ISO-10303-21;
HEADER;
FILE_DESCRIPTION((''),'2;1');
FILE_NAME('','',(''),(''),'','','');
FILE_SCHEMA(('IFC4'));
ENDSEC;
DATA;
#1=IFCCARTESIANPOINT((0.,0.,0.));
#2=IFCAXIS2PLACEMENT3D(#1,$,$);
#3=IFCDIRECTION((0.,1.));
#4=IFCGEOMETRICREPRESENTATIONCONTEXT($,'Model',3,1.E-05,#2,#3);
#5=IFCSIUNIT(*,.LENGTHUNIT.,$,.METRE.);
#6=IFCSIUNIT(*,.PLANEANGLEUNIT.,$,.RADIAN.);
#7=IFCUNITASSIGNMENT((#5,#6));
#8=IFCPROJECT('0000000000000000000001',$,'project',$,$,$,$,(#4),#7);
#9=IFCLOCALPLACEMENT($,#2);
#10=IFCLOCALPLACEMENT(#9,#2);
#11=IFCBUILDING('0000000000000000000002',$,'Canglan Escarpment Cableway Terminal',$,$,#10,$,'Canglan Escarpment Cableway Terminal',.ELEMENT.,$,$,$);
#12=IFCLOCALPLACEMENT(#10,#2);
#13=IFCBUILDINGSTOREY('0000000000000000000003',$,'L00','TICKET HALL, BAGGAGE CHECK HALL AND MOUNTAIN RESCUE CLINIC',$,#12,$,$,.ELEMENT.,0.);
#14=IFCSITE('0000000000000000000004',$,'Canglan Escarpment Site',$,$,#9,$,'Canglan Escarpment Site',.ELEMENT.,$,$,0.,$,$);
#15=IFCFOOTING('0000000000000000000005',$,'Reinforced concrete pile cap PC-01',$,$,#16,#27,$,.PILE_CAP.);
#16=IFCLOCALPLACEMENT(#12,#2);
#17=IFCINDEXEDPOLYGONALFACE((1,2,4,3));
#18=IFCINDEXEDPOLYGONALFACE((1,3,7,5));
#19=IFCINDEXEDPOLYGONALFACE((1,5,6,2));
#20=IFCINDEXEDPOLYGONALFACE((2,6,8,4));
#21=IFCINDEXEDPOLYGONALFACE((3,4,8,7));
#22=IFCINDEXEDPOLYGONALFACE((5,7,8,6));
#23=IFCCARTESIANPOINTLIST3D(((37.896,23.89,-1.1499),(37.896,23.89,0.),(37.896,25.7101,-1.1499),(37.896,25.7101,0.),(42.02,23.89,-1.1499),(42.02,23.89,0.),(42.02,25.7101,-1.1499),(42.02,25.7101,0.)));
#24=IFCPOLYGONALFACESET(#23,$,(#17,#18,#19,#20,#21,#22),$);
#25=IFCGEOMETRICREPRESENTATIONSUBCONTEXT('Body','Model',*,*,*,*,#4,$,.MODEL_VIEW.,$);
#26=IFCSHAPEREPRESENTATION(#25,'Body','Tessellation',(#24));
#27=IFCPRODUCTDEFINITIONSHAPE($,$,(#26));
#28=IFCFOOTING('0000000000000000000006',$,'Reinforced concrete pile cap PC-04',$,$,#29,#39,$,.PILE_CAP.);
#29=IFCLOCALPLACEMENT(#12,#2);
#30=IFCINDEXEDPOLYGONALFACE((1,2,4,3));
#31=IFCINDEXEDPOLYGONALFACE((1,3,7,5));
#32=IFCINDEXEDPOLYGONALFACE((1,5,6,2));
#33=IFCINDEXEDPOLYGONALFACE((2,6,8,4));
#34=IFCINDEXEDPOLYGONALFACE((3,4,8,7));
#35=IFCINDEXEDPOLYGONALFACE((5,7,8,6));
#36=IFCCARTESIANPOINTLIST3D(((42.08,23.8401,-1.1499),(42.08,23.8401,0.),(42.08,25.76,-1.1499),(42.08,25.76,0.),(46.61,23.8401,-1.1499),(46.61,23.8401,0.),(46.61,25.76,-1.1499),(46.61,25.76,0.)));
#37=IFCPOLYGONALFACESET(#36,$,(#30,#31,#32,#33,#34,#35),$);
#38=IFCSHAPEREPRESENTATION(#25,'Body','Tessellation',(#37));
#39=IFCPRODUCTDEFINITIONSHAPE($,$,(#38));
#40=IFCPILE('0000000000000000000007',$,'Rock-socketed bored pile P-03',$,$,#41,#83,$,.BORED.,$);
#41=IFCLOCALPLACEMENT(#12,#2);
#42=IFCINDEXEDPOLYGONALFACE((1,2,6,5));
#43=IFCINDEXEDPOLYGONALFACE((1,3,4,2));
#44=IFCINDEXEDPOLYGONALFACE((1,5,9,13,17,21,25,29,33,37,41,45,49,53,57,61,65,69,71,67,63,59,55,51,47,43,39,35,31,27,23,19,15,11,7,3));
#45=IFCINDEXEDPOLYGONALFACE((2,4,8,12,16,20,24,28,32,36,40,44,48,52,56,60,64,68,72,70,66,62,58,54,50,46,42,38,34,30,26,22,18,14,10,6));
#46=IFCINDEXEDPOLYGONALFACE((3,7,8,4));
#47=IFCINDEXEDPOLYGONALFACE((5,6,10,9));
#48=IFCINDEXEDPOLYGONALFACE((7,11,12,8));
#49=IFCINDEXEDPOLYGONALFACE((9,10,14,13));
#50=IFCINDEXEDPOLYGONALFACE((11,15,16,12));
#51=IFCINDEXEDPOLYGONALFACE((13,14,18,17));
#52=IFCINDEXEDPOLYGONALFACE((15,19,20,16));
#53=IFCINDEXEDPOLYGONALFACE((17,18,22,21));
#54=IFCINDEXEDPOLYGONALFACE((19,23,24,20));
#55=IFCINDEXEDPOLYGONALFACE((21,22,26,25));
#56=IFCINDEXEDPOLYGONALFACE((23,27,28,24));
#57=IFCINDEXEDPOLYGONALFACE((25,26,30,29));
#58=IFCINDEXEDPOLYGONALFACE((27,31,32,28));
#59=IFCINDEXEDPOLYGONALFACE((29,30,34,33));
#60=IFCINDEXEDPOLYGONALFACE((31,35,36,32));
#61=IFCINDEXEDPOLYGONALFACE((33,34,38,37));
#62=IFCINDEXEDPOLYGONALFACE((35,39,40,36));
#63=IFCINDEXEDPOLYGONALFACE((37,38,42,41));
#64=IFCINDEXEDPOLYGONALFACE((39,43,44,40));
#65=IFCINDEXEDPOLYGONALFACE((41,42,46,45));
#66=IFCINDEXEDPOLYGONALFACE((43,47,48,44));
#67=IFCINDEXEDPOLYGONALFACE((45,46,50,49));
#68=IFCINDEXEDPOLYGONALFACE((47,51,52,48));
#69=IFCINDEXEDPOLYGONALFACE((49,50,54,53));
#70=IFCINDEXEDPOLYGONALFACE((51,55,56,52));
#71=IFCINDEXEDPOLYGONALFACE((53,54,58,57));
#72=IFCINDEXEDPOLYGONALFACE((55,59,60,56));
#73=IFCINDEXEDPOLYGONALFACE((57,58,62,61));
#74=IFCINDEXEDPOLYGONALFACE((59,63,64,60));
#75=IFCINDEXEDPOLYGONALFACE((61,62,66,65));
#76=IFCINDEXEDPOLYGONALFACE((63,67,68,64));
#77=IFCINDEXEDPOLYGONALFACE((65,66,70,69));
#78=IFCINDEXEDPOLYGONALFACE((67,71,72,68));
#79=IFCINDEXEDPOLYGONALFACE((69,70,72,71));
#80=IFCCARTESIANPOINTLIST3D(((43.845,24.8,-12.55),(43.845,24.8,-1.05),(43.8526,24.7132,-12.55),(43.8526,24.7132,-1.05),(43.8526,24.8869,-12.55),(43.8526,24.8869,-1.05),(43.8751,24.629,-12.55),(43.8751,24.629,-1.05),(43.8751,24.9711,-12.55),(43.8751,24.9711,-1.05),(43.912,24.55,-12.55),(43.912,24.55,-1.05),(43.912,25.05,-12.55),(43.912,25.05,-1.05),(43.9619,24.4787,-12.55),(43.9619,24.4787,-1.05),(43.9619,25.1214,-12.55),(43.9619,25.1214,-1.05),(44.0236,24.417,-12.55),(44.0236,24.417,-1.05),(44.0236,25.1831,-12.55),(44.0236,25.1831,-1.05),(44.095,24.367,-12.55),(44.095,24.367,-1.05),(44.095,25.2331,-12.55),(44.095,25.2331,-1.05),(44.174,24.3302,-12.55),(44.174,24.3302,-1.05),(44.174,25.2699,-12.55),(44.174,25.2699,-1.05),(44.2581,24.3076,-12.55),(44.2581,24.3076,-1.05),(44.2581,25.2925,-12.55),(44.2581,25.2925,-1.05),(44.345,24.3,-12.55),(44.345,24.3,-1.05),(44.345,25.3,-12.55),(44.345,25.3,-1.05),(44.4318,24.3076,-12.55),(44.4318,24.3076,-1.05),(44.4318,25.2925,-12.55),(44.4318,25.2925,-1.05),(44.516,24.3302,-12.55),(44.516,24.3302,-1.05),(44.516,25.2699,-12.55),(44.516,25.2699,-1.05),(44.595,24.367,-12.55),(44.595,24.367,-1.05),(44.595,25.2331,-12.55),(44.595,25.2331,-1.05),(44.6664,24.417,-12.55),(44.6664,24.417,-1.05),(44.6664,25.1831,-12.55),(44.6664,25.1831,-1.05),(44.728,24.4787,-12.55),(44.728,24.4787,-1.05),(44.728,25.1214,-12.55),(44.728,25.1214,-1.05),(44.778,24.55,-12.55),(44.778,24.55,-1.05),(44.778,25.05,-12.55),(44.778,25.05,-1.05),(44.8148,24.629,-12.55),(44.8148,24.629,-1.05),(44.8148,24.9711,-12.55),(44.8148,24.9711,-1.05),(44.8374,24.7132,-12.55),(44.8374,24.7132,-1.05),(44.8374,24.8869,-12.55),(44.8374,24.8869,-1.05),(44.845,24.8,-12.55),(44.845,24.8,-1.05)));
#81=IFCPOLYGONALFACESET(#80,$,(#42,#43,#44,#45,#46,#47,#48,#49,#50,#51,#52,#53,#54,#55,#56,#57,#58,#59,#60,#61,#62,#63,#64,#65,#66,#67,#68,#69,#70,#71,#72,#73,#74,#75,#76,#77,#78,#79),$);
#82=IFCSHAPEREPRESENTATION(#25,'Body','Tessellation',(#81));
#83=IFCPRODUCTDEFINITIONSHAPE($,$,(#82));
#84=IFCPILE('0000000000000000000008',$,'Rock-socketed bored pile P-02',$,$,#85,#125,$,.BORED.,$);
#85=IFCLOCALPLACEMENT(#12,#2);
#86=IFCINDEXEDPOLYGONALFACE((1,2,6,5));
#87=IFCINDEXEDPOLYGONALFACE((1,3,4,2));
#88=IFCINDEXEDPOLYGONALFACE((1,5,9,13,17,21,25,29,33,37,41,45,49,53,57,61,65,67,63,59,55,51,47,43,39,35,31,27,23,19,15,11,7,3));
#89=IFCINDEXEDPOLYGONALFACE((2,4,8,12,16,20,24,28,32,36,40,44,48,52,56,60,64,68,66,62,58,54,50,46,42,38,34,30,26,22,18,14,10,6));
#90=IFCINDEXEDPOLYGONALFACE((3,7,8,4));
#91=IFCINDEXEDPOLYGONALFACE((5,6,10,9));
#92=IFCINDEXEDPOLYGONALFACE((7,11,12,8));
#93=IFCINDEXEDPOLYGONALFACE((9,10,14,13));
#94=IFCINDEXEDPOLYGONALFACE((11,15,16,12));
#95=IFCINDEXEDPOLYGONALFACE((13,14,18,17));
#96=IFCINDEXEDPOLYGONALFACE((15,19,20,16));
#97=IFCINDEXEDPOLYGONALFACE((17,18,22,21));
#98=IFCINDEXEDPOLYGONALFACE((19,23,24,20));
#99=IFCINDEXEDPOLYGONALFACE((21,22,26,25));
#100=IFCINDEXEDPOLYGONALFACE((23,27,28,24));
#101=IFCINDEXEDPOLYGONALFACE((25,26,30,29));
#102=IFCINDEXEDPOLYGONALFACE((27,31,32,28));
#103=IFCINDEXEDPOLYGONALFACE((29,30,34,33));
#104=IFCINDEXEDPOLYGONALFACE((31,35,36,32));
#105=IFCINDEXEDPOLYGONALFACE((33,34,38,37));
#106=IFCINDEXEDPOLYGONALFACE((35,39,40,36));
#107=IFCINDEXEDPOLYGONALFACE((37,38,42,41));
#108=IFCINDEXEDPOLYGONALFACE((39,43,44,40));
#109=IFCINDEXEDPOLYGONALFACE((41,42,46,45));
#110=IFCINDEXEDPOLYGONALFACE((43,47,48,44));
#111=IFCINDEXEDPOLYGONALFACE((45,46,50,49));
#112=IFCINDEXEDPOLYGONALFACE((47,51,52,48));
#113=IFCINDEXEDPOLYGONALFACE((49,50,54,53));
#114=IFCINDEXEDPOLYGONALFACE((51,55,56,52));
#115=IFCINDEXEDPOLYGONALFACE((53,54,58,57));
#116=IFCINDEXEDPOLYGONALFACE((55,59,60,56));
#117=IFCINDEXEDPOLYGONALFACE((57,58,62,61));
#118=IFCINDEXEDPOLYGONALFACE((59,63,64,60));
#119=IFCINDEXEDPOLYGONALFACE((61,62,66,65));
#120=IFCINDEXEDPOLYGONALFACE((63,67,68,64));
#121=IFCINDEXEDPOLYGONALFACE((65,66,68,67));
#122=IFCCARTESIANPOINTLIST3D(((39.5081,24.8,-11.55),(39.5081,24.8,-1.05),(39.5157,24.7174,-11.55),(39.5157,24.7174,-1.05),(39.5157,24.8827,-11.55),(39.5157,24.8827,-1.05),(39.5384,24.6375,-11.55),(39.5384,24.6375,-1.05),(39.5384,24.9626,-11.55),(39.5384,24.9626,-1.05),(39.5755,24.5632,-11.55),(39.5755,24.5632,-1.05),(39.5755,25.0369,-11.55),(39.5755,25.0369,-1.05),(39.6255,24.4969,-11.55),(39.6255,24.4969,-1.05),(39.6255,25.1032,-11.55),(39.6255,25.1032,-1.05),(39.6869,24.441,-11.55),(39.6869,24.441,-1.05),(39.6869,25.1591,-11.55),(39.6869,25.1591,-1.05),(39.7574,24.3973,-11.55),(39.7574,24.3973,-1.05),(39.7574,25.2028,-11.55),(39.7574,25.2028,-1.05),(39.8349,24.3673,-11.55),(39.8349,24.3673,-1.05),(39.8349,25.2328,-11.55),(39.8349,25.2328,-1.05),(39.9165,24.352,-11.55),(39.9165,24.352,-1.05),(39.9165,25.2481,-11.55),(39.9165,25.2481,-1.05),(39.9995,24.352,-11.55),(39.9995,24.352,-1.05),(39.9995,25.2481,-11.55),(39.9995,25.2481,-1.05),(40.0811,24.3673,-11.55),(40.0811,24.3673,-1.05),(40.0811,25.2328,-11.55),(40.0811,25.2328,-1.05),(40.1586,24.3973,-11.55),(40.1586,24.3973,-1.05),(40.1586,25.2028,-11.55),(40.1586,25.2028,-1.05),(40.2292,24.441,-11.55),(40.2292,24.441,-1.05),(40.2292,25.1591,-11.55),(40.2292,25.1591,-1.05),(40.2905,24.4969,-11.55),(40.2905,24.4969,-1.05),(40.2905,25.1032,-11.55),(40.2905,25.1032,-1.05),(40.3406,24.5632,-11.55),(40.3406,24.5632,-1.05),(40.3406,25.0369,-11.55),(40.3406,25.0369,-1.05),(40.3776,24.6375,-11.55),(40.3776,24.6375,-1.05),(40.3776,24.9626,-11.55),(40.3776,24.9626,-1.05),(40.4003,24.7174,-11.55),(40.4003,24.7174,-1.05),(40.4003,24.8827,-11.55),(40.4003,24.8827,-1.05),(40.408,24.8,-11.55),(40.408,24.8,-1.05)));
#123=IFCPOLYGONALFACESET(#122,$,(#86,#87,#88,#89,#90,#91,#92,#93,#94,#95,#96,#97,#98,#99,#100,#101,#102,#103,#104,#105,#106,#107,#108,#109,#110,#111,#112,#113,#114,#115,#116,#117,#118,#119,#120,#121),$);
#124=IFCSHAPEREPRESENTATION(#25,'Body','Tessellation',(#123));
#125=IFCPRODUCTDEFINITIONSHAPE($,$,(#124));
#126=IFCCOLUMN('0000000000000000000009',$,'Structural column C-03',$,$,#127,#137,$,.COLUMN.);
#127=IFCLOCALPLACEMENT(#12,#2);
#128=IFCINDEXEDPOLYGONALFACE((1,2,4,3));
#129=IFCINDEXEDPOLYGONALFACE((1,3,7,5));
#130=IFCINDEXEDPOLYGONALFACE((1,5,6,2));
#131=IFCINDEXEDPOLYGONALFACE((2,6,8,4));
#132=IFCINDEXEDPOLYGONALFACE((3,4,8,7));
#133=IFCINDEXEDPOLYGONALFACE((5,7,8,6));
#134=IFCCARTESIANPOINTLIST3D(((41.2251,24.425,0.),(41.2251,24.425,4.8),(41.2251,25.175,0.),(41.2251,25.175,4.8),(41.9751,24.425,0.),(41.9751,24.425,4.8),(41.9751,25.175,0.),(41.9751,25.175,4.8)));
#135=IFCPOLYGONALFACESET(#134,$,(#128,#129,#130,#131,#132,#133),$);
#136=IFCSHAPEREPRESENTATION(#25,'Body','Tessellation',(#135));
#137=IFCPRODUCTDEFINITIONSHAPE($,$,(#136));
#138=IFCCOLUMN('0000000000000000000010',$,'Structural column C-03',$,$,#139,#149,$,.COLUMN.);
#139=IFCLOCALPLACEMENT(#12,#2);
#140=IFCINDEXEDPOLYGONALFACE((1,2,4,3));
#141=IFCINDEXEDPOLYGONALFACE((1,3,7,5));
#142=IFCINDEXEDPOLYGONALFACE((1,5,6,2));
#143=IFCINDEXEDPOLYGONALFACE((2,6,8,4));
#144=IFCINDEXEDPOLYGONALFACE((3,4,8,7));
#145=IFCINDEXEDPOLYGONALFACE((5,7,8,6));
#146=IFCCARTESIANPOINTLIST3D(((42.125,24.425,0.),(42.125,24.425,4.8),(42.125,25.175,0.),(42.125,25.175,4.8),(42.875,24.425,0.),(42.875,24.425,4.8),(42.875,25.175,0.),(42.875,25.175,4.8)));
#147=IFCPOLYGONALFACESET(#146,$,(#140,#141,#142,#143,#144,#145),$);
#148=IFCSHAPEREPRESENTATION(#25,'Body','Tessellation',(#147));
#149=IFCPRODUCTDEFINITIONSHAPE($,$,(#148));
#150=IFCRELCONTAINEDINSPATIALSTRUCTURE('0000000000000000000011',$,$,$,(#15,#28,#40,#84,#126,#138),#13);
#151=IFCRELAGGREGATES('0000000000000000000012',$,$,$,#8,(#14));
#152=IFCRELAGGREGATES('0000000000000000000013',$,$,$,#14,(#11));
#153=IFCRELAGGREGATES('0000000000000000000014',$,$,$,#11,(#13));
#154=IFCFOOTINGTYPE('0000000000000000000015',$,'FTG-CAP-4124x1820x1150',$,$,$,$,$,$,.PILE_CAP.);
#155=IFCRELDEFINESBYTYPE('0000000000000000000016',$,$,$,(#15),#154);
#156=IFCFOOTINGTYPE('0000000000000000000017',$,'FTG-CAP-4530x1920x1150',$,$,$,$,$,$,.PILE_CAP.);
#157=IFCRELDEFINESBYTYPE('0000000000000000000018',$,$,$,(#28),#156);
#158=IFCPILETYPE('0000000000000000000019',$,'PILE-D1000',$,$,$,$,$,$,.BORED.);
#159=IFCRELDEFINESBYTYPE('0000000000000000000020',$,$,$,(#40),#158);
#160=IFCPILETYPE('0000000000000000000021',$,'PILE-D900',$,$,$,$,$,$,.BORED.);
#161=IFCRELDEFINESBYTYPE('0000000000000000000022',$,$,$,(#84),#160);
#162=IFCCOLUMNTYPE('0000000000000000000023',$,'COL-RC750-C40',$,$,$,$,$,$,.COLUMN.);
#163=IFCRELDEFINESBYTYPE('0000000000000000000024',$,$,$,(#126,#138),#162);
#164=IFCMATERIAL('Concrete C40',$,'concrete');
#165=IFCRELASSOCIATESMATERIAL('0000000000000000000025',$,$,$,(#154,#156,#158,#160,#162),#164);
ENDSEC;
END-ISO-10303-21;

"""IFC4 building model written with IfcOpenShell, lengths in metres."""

from ifc_helpers import new_model, si_unit, direction, frame, origin, origin_2d, place, context, subcontext, project, spatial, rectangle, circle, extrude, material, material_profile, profile_set, type_object, element, save


model = new_model("IFC4")

# Units and contexts
model_context = context("Model", 3, precision=1e-05, world=origin(), true_north=direction((0.0, 1.0)))
body_context = subcontext(model_context, "Body", "Model", "MODEL_VIEW")
ifc_project = project(units=[si_unit("LENGTHUNIT", "METRE"), si_unit("PLANEANGLEUNIT", "RADIAN")], contexts=[model_context])

# Site, building, storey
site_placement = place(None, origin())
site = spatial("IfcSite", under=ifc_project, at=site_placement, Name="Canglan Escarpment Site", LongName="Canglan Escarpment Site", CompositionType="ELEMENT", RefElevation=0.0)
building_placement = place(site_placement, origin())
building = spatial("IfcBuilding", under=site, at=building_placement, Name="Canglan Escarpment Cableway Terminal", LongName="Canglan Escarpment Cableway Terminal", CompositionType="ELEMENT")
storey_placement = place(building_placement, origin())
storey = spatial("IfcBuildingStorey", under=building, at=storey_placement, Name="L00", Description="TICKET HALL, BAGGAGE CHECK HALL AND MOUNTAIN RESCUE CLINIC", CompositionType="ELEMENT", Elevation=0.0)

# Footings
ifc_material_1 = material(Name="Concrete C40", Category="concrete")
footing_type_1 = type_object("IfcFootingType", Name="FTG-CAP-4124x1820x1150", PredefinedType="PILE_CAP", material=ifc_material_1)
footing_1_placement = place(storey_placement, frame((39.958, 24.8, -1.1499), z_axis=(0.0, 0.0, 1.0), x_axis=(1.0, 0.0, 0.0)))
element("IfcFooting", 1, at=footing_1_placement, inside=storey, type_object=footing_type_1, Name="Reinforced concrete pile cap PC-01", PredefinedType="PILE_CAP", context=body_context, shape_type="SweptSolid", body=[
    extrude(rectangle(XDim=4.124, YDim=1.8201, at=origin_2d()), origin(), (0.0, 0.0, 1.0), 1.1499),
])
footing_type_2 = type_object("IfcFootingType", Name="FTG-CAP-4530x1920x1150", PredefinedType="PILE_CAP", material=ifc_material_1)
footing_2_placement = place(storey_placement, frame((44.345, 24.8, -1.1499), z_axis=(0.0, 0.0, 1.0), x_axis=(1.0, 0.0, 0.0)))
element("IfcFooting", 2, at=footing_2_placement, inside=storey, type_object=footing_type_2, Name="Reinforced concrete pile cap PC-04", PredefinedType="PILE_CAP", context=body_context, shape_type="SweptSolid", body=[
    extrude(rectangle(XDim=4.53, YDim=1.9199, at=origin_2d()), origin(), (0.0, 0.0, 1.0), 1.1499),
])

# Piles
ifc_material_profile_1 = material_profile(ifc_material_1, circle(Radius=0.5, at=origin_2d()), Name="BORED PILE D1000")
ifc_profile_set_1 = profile_set([ifc_material_profile_1], Name="Concrete C40")
pile_type_1 = type_object("IfcPileType", Name="PILE-D1000", PredefinedType="BORED", material=ifc_profile_set_1)
pile_1_placement = place(storey_placement, frame((44.345, 24.8, -1.05), z_axis=(0.0, 0.0, -1.0), x_axis=(1.0, 0.0, 0.0)))
element("IfcPile", 3, at=pile_1_placement, inside=storey, type_object=pile_type_1, Name="Rock-socketed bored pile P-03", PredefinedType="BORED", context=body_context, shape_type="SweptSolid", body=[
    extrude(circle(Radius=0.5, at=origin_2d()), origin(), (0.0, 0.0, 1.0), 11.5),
])
ifc_material_profile_2 = material_profile(ifc_material_1, circle(Radius=0.45, at=origin_2d()), Name="BORED PILE D900")
ifc_profile_set_2 = profile_set([ifc_material_profile_2], Name="Concrete C40")
pile_type_2 = type_object("IfcPileType", Name="PILE-D900", PredefinedType="BORED", material=ifc_profile_set_2)
pile_2_placement = place(storey_placement, frame((39.958, 24.8, -1.05), z_axis=(0.0, 0.0, -1.0), x_axis=(1.0, 0.0, 0.0)))
element("IfcPile", 4, at=pile_2_placement, inside=storey, type_object=pile_type_2, Name="Rock-socketed bored pile P-02", PredefinedType="BORED", context=body_context, shape_type="SweptSolid", body=[
    extrude(circle(Radius=0.45, at=origin_2d()), origin(), (0.0, 0.0, 1.0), 10.5),
])

# Columns
ifc_material_profile_3 = material_profile(ifc_material_1, rectangle(XDim=0.75, YDim=0.75, at=origin_2d()), Name="RC 750x750")
ifc_profile_set_3 = profile_set([ifc_material_profile_3], Name="Concrete C40")
column_type = type_object("IfcColumnType", Name="COL-RC750-C40", PredefinedType="COLUMN", material=ifc_profile_set_3)
for number, where, z_axis, x_axis, name in (
    (5, (41.6001, 24.8, 0.0), (0.0, 0.0, 1.0), (1.0, 0.0, 0.0), "Structural column C-03"),
    (6, (42.5, 24.8, 0.0), (0.0, 0.0, 1.0), (1.0, 0.0, 0.0), "Structural column C-03"),
):
    element("IfcColumn", number, at=place(storey_placement, frame(where, z_axis=z_axis, x_axis=x_axis)), inside=storey, type_object=column_type, Name=name, PredefinedType="COLUMN", context=body_context, shape_type="SweptSolid", body=[
        extrude(rectangle(XDim=0.75, YDim=0.75, at=origin_2d()), origin(), (0.0, 0.0, 1.0), 4.8),
    ])

save(model, "model.ifc")
